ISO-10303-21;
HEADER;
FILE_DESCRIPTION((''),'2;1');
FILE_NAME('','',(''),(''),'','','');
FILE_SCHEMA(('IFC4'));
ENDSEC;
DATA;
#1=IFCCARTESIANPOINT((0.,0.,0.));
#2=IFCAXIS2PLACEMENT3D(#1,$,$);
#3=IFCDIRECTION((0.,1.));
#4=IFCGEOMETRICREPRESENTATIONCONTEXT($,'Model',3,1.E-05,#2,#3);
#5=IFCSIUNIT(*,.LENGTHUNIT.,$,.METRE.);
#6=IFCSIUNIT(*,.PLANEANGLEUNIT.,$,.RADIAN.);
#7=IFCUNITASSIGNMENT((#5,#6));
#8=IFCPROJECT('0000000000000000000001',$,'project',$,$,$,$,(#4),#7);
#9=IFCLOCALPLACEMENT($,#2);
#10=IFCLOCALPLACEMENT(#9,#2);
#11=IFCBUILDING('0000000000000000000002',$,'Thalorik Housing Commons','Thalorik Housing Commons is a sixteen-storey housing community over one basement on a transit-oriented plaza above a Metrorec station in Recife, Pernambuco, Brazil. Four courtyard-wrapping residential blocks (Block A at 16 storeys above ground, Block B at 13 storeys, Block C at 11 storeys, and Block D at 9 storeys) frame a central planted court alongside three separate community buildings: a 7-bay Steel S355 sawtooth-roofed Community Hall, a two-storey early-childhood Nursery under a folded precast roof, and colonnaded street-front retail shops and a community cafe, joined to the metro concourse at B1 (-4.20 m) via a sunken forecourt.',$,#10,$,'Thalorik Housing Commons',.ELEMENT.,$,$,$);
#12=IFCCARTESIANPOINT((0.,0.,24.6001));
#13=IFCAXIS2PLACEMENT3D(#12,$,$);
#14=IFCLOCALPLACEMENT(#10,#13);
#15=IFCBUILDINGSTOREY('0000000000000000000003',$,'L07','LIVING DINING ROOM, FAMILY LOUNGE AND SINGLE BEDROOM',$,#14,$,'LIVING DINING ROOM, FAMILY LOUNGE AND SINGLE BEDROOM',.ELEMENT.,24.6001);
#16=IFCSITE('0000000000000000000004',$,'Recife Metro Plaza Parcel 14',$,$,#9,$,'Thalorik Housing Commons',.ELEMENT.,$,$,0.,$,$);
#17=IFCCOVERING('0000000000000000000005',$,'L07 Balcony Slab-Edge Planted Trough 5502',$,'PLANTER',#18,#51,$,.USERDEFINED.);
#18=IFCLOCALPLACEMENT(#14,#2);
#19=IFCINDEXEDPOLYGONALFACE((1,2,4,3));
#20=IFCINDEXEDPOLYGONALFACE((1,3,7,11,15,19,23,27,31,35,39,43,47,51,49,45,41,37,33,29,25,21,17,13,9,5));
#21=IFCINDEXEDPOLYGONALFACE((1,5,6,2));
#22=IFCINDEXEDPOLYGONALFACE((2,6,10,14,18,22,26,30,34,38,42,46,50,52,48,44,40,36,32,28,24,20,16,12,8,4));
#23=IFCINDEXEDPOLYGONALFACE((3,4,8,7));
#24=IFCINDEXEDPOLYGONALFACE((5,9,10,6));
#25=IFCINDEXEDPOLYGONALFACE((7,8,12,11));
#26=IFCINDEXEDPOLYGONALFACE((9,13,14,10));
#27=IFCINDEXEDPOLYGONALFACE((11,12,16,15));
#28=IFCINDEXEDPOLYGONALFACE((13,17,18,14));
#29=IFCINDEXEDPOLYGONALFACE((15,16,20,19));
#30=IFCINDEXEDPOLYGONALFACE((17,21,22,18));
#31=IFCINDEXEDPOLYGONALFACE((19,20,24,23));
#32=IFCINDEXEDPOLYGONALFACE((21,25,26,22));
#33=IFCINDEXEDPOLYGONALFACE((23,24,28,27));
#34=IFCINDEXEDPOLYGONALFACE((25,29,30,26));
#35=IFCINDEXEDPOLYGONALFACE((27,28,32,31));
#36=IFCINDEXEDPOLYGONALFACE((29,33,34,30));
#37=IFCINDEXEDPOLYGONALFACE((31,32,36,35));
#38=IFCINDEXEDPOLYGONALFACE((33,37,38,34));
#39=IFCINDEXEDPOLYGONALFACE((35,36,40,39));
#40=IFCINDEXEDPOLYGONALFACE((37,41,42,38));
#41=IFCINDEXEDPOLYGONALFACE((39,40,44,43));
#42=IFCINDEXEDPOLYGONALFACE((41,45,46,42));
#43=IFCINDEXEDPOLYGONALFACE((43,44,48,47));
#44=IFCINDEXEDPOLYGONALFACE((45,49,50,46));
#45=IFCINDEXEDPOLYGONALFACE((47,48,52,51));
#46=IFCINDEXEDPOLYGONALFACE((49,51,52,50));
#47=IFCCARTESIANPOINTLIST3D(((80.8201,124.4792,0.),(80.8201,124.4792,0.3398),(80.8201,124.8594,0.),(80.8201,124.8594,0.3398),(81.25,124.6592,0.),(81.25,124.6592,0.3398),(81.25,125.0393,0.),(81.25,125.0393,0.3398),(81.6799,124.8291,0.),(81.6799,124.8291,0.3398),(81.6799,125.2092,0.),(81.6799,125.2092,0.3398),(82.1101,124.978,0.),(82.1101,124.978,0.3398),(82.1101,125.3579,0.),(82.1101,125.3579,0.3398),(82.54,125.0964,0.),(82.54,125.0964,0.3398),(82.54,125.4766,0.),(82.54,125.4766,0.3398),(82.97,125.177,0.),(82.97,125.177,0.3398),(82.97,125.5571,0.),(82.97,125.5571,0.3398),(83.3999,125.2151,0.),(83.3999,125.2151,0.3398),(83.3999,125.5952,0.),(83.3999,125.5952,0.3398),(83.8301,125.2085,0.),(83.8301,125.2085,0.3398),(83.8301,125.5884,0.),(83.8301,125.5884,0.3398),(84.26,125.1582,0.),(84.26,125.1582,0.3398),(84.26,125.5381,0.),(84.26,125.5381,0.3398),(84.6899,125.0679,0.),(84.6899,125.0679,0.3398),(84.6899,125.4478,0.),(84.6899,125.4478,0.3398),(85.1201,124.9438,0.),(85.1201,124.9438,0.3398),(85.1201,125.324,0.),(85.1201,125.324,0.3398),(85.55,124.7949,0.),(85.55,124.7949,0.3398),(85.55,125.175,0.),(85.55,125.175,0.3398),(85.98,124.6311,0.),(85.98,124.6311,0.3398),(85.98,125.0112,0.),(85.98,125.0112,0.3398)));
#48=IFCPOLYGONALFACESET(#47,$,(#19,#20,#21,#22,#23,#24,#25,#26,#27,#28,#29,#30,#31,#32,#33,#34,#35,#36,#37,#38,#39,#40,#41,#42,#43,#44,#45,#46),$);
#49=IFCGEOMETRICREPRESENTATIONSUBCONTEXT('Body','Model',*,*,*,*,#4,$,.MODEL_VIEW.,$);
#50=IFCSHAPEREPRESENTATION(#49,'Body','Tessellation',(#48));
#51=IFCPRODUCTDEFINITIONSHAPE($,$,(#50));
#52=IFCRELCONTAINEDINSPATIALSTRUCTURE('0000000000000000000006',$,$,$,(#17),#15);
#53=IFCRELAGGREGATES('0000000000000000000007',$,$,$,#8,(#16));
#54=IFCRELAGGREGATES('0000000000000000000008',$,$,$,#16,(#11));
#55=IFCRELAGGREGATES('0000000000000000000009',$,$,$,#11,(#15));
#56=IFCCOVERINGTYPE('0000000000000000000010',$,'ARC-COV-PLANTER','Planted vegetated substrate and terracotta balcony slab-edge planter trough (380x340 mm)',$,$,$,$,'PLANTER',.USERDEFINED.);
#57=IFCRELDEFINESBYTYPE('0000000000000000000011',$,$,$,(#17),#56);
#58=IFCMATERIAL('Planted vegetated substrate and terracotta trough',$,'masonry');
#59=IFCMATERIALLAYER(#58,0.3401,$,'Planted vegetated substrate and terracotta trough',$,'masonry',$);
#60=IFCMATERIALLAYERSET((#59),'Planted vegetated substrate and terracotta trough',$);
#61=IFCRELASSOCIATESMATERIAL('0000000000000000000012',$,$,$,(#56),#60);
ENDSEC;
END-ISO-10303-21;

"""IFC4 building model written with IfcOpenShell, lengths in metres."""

from ifc_helpers import new_model, si_unit, direction, frame, origin, place, context, subcontext, project, spatial, polyline, outline, extrude, material, layer, layer_set, type_object, element, save


model = new_model("IFC4")

# Units and contexts
model_context = context("Model", 3, precision=1e-05, world=origin(), true_north=direction((0.0, 1.0)))
body_context = subcontext(model_context, "Body", "Model", "MODEL_VIEW")
ifc_project = project(units=[si_unit("LENGTHUNIT", "METRE"), si_unit("PLANEANGLEUNIT", "RADIAN")], contexts=[model_context])

# Site, building, storey
site_placement = place(None, origin())
site = spatial("IfcSite", under=ifc_project, at=site_placement, Name="Recife Metro Plaza Parcel 14", LongName="Thalorik Housing Commons", CompositionType="ELEMENT", RefElevation=0.0)
building_placement = place(site_placement, origin())
building = spatial("IfcBuilding", under=site, at=building_placement, Name="Thalorik Housing Commons", Description="Thalorik Housing Commons is a sixteen-storey housing community over one basement on a transit-oriented plaza above a Metrorec station in Recife, Pernambuco, Brazil. Four courtyard-wrapping residential blocks (Block A at 16 storeys above ground, Block B at 13 storeys, Block C at 11 storeys, and Block D at 9 storeys) frame a central planted court alongside three separate community buildings: a 7-bay Steel S355 sawtooth-roofed Community Hall, a two-storey early-childhood Nursery under a folded precast roof, and colonnaded street-front retail shops and a community cafe, joined to the metro concourse at B1 (-4.20 m) via a sunken forecourt.", LongName="Thalorik Housing Commons", CompositionType="ELEMENT")
storey_placement = place(building_placement, frame((0.0, 0.0, 24.6001)))
storey = spatial("IfcBuildingStorey", under=building, at=storey_placement, Name="L07", Description="LIVING DINING ROOM, FAMILY LOUNGE AND SINGLE BEDROOM", LongName="LIVING DINING ROOM, FAMILY LOUNGE AND SINGLE BEDROOM", CompositionType="ELEMENT", Elevation=24.6001)

# Covering
ifc_material_1 = material(Name="Planted vegetated substrate and terracotta trough", Category="masonry")
ifc_layer_1 = layer(ifc_material_1, 0.3401, Name="Planted vegetated substrate and terracotta trough", Category="masonry")
ifc_layer_set_1 = layer_set([ifc_layer_1], Name="Planted vegetated substrate and terracotta trough")
covering_type = type_object("IfcCoveringType", Name="ARC-COV-PLANTER", Description="Planted vegetated substrate and terracotta balcony slab-edge planter trough (380x340 mm)", ElementType="PLANTER", PredefinedType="USERDEFINED", material=ifc_layer_set_1)
covering_1_placement = place(storey_placement, origin())
element("IfcCovering", 1, at=covering_1_placement, inside=storey, type_object=covering_type, Name="L07 Balcony Slab-Edge Planted Trough 5502", ObjectType="PLANTER", PredefinedType="USERDEFINED", context=body_context, shape_type="SweptSolid", body=[
    extrude(outline(polyline([(85.98, 125.0112), (85.55, 125.175), (85.1201, 125.324), (84.6899, 125.4478), (84.26, 125.5381), (83.8301, 125.5884), (83.3999, 125.5952), (82.97, 125.5571), (82.54, 125.4766), (82.1101, 125.3579), (81.6799, 125.2092), (81.25, 125.0393), (80.8201, 124.8594), (80.8201, 124.4792), (81.25, 124.6592), (81.6799, 124.8291), (82.1101, 124.978), (82.54, 125.0964), (82.97, 125.177), (83.3999, 125.2151), (83.8301, 125.2085), (84.26, 125.1582), (84.6899, 125.0679), (85.1201, 124.9438), (85.55, 124.7949), (85.98, 124.6311), (85.98, 125.0112)])), origin(), (0.0, 0.0, 1.0), 0.3398),
])

save(model, "model.ifc")
